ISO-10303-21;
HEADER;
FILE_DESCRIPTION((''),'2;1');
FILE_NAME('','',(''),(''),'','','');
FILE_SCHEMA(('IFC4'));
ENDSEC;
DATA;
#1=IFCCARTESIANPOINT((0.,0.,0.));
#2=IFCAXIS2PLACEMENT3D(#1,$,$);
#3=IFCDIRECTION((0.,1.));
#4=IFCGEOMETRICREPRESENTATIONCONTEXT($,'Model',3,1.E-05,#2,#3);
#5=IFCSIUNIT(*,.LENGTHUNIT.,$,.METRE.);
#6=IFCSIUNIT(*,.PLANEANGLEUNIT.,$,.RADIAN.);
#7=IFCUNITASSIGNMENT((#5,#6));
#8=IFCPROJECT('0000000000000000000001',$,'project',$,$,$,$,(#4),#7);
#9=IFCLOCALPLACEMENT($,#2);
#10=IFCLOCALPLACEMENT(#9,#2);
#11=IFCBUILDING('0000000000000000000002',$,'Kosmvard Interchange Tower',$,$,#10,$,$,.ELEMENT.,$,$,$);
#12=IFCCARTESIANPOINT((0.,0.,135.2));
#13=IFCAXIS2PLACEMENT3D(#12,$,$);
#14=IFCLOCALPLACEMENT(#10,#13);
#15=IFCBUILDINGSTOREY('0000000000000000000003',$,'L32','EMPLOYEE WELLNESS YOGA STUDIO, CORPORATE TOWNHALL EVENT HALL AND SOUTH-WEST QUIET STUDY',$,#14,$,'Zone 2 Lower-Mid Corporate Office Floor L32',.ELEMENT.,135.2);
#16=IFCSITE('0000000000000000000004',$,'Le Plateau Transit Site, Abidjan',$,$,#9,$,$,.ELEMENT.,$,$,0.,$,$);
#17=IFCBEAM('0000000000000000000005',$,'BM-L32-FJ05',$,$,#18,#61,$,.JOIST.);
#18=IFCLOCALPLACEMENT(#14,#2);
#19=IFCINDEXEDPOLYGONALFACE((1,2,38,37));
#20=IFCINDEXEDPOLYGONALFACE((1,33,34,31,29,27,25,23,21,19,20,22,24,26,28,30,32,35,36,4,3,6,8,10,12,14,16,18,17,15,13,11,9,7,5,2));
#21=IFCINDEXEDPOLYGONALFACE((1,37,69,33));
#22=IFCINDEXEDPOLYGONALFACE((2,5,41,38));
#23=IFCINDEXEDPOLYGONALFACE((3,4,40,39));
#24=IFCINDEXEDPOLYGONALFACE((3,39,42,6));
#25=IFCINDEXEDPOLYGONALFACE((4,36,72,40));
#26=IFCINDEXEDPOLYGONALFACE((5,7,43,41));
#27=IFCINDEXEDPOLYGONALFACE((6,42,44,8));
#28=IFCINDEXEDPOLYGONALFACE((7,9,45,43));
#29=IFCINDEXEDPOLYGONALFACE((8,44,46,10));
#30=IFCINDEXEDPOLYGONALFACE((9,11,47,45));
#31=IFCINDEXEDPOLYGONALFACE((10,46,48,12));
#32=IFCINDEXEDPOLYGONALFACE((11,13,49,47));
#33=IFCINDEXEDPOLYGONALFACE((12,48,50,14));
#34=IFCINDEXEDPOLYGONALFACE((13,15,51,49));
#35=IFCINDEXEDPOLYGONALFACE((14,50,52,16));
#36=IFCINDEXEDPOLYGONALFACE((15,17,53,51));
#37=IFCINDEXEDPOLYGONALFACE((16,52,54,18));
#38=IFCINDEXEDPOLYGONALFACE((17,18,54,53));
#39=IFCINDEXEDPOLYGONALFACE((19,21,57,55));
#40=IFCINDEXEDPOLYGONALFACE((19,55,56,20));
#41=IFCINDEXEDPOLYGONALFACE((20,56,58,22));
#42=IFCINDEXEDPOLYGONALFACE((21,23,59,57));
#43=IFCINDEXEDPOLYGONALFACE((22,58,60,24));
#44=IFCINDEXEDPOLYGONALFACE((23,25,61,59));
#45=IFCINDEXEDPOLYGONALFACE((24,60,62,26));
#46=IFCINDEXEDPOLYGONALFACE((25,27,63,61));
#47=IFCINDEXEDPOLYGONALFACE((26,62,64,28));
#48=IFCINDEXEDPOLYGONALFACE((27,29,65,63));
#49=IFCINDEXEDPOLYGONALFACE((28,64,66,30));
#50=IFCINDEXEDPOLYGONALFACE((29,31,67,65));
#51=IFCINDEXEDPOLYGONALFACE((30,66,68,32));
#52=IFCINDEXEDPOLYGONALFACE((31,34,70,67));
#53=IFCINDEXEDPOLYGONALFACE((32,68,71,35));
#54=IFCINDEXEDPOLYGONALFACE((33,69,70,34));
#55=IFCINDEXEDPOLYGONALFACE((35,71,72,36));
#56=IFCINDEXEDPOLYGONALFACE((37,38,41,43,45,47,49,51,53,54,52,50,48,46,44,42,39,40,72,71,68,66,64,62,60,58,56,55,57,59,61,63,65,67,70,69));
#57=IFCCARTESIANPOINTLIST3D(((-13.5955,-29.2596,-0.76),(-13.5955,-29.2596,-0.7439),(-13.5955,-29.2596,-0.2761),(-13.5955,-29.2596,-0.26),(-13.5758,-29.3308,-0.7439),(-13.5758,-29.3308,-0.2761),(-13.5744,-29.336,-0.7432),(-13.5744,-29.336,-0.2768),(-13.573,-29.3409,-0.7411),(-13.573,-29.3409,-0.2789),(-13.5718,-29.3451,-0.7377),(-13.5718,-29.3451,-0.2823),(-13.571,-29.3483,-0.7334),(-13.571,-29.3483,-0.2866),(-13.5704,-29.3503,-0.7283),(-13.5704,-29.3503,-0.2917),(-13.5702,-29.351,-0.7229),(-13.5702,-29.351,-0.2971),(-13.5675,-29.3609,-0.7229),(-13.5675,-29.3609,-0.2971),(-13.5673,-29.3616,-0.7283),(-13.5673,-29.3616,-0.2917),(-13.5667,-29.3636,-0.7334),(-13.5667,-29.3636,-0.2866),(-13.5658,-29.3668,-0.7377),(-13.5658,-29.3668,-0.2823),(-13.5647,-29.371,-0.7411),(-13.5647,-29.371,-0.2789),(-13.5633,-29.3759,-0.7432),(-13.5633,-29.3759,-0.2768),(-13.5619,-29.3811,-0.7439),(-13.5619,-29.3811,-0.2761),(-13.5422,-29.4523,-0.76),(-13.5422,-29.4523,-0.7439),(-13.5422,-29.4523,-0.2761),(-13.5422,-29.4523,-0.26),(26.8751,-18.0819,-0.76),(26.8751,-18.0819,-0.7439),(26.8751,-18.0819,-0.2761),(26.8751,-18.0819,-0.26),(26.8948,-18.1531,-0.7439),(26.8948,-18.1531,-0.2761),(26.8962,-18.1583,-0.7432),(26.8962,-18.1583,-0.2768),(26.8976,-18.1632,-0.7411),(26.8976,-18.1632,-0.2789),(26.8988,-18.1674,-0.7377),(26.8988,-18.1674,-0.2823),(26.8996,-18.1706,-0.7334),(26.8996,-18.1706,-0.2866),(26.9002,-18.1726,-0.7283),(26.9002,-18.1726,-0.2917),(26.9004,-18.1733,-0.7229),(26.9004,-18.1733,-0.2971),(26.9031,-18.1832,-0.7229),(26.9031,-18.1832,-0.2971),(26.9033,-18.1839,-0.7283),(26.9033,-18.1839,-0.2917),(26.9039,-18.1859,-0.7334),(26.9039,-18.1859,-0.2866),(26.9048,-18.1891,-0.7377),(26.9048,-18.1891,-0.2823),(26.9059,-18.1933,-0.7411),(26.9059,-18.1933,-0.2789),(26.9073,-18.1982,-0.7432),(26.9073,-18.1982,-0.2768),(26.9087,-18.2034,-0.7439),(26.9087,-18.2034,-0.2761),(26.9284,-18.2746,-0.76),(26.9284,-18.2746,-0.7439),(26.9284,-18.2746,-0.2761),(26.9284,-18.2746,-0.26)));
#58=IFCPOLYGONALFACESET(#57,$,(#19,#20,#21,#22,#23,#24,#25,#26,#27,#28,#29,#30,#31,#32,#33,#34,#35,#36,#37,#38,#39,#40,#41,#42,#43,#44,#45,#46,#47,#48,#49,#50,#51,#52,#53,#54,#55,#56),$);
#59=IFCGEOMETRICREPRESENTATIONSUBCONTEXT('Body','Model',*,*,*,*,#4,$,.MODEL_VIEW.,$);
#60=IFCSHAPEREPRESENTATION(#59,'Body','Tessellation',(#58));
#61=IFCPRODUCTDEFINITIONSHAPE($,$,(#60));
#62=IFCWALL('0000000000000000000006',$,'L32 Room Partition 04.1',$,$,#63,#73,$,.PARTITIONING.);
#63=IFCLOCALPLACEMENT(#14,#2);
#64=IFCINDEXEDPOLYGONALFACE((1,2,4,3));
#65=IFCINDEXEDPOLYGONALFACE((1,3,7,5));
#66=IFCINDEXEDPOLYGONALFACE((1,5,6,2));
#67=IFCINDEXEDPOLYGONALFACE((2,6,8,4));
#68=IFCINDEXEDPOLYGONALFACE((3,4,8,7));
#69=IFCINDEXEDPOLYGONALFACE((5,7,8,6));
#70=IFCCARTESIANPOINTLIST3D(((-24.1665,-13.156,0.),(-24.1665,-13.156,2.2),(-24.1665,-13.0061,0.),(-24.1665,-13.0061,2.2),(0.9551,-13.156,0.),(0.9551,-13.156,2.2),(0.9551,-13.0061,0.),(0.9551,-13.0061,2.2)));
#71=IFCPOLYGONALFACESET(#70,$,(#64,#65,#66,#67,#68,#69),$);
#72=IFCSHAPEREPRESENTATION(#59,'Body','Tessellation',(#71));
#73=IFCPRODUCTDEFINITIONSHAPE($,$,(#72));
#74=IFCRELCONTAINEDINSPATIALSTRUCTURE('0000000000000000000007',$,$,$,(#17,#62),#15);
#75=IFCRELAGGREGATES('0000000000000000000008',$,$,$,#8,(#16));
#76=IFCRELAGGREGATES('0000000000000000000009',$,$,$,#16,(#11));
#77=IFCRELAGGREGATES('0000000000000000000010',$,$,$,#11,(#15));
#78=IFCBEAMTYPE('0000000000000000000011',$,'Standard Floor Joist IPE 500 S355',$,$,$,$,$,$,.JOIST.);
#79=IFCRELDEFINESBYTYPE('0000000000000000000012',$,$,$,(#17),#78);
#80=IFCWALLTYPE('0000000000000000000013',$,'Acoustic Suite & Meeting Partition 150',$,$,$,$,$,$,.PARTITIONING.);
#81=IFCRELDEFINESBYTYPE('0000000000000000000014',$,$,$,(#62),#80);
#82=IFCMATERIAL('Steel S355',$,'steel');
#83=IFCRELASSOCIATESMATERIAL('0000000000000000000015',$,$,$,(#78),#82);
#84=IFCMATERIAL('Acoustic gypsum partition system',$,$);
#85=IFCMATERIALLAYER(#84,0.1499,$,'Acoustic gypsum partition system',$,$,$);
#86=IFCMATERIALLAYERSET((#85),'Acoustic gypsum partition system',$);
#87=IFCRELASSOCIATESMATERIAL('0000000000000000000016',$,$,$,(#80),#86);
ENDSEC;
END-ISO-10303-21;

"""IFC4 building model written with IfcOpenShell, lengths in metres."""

from ifc_helpers import new_model, si_unit, direction, frame, frame_2d, origin, origin_2d, place, context, subcontext, project, spatial, rectangle, i_section, extrude, source, transform, mapped, material, layer, layer_set, material_profile, profile_set, type_object, element, save


model = new_model("IFC4")

# Units and contexts
model_context = context("Model", 3, precision=1e-05, world=origin(), true_north=direction((0.0, 1.0)))
body_context = subcontext(model_context, "Body", "Model", "MODEL_VIEW")
ifc_project = project(units=[si_unit("LENGTHUNIT", "METRE"), si_unit("PLANEANGLEUNIT", "RADIAN")], contexts=[model_context])

# Site, building, storey
site_placement = place(None, origin())
site = spatial("IfcSite", under=ifc_project, at=site_placement, Name="Le Plateau Transit Site, Abidjan", CompositionType="ELEMENT", RefElevation=0.0)
building_placement = place(site_placement, origin())
building = spatial("IfcBuilding", under=site, at=building_placement, Name="Kosmvard Interchange Tower", CompositionType="ELEMENT")
storey_placement = place(building_placement, frame((0.0, 0.0, 135.2)))
storey = spatial("IfcBuildingStorey", under=building, at=storey_placement, Name="L32", Description="EMPLOYEE WELLNESS YOGA STUDIO, CORPORATE TOWNHALL EVENT HALL AND SOUTH-WEST QUIET STUDY", LongName="Zone 2 Lower-Mid Corporate Office Floor L32", CompositionType="ELEMENT", Elevation=135.2)

# Beam
ifc_material_1 = material(Name="Steel S355", Category="steel")
ifc_material_profile_1 = material_profile(ifc_material_1, i_section(OverallWidth=0.2, OverallDepth=0.5, WebThickness=0.0103, FlangeThickness=0.0161, FilletRadius=0.021, at=origin_2d()), Name="IPE 500")
ifc_profile_set_1 = profile_set([ifc_material_profile_1], Name="Steel S355")
beam_type_1 = type_object("IfcBeamType", Name="Standard Floor Joist IPE 500 S355", PredefinedType="JOIST", material=ifc_profile_set_1)
shared_shape_1 = source(origin(), body_context, "Body", "SweptSolid", [
    extrude(i_section(OverallWidth=0.2, OverallDepth=0.5, WebThickness=0.0103, FlangeThickness=0.0161, FilletRadius=0.021, at=origin_2d()), origin(), (0.0, 0.0, 1.0), 41.9858),
])
beam_1_placement = place(storey_placement, frame((-13.5688, -29.356, -0.51), z_axis=(0.963911, 0.266226, 0.0), x_axis=(-0.266226, 0.963911, 0.0)))
element("IfcBeam", 1, at=beam_1_placement, inside=storey, type_object=beam_type_1, Name="BM-L32-FJ05", PredefinedType="JOIST", context=body_context, shape_type="MappedRepresentation", body=[
    mapped(shared_shape_1, transform((0.0, 0.0, 0.0), scale=1.0)),
])

# Wall
ifc_material_2 = material(Name="Acoustic gypsum partition system")
ifc_layer_1 = layer(ifc_material_2, 0.1499, Name="Acoustic gypsum partition system")
ifc_layer_set_1 = layer_set([ifc_layer_1], Name="Acoustic gypsum partition system")
wall_type_1 = type_object("IfcWallType", Name="Acoustic Suite & Meeting Partition 150", PredefinedType="PARTITIONING", material=ifc_layer_set_1)
wall_1_placement = place(storey_placement, frame((-24.1665, -13.0811, 0.0), z_axis=(0.0, 0.0, 1.0), x_axis=(1.0, 0.0, 0.0)))
element("IfcWall", 2, at=wall_1_placement, inside=storey, type_object=wall_type_1, Name="L32 Room Partition 04.1", PredefinedType="PARTITIONING", context=body_context, shape_type="SweptSolid", body=[
    extrude(rectangle(XDim=25.1216, YDim=0.1499, at=frame_2d((12.5608, 0.0))), origin(), (0.0, 0.0, 1.0), 2.2),
])

save(model, "model.ifc")
